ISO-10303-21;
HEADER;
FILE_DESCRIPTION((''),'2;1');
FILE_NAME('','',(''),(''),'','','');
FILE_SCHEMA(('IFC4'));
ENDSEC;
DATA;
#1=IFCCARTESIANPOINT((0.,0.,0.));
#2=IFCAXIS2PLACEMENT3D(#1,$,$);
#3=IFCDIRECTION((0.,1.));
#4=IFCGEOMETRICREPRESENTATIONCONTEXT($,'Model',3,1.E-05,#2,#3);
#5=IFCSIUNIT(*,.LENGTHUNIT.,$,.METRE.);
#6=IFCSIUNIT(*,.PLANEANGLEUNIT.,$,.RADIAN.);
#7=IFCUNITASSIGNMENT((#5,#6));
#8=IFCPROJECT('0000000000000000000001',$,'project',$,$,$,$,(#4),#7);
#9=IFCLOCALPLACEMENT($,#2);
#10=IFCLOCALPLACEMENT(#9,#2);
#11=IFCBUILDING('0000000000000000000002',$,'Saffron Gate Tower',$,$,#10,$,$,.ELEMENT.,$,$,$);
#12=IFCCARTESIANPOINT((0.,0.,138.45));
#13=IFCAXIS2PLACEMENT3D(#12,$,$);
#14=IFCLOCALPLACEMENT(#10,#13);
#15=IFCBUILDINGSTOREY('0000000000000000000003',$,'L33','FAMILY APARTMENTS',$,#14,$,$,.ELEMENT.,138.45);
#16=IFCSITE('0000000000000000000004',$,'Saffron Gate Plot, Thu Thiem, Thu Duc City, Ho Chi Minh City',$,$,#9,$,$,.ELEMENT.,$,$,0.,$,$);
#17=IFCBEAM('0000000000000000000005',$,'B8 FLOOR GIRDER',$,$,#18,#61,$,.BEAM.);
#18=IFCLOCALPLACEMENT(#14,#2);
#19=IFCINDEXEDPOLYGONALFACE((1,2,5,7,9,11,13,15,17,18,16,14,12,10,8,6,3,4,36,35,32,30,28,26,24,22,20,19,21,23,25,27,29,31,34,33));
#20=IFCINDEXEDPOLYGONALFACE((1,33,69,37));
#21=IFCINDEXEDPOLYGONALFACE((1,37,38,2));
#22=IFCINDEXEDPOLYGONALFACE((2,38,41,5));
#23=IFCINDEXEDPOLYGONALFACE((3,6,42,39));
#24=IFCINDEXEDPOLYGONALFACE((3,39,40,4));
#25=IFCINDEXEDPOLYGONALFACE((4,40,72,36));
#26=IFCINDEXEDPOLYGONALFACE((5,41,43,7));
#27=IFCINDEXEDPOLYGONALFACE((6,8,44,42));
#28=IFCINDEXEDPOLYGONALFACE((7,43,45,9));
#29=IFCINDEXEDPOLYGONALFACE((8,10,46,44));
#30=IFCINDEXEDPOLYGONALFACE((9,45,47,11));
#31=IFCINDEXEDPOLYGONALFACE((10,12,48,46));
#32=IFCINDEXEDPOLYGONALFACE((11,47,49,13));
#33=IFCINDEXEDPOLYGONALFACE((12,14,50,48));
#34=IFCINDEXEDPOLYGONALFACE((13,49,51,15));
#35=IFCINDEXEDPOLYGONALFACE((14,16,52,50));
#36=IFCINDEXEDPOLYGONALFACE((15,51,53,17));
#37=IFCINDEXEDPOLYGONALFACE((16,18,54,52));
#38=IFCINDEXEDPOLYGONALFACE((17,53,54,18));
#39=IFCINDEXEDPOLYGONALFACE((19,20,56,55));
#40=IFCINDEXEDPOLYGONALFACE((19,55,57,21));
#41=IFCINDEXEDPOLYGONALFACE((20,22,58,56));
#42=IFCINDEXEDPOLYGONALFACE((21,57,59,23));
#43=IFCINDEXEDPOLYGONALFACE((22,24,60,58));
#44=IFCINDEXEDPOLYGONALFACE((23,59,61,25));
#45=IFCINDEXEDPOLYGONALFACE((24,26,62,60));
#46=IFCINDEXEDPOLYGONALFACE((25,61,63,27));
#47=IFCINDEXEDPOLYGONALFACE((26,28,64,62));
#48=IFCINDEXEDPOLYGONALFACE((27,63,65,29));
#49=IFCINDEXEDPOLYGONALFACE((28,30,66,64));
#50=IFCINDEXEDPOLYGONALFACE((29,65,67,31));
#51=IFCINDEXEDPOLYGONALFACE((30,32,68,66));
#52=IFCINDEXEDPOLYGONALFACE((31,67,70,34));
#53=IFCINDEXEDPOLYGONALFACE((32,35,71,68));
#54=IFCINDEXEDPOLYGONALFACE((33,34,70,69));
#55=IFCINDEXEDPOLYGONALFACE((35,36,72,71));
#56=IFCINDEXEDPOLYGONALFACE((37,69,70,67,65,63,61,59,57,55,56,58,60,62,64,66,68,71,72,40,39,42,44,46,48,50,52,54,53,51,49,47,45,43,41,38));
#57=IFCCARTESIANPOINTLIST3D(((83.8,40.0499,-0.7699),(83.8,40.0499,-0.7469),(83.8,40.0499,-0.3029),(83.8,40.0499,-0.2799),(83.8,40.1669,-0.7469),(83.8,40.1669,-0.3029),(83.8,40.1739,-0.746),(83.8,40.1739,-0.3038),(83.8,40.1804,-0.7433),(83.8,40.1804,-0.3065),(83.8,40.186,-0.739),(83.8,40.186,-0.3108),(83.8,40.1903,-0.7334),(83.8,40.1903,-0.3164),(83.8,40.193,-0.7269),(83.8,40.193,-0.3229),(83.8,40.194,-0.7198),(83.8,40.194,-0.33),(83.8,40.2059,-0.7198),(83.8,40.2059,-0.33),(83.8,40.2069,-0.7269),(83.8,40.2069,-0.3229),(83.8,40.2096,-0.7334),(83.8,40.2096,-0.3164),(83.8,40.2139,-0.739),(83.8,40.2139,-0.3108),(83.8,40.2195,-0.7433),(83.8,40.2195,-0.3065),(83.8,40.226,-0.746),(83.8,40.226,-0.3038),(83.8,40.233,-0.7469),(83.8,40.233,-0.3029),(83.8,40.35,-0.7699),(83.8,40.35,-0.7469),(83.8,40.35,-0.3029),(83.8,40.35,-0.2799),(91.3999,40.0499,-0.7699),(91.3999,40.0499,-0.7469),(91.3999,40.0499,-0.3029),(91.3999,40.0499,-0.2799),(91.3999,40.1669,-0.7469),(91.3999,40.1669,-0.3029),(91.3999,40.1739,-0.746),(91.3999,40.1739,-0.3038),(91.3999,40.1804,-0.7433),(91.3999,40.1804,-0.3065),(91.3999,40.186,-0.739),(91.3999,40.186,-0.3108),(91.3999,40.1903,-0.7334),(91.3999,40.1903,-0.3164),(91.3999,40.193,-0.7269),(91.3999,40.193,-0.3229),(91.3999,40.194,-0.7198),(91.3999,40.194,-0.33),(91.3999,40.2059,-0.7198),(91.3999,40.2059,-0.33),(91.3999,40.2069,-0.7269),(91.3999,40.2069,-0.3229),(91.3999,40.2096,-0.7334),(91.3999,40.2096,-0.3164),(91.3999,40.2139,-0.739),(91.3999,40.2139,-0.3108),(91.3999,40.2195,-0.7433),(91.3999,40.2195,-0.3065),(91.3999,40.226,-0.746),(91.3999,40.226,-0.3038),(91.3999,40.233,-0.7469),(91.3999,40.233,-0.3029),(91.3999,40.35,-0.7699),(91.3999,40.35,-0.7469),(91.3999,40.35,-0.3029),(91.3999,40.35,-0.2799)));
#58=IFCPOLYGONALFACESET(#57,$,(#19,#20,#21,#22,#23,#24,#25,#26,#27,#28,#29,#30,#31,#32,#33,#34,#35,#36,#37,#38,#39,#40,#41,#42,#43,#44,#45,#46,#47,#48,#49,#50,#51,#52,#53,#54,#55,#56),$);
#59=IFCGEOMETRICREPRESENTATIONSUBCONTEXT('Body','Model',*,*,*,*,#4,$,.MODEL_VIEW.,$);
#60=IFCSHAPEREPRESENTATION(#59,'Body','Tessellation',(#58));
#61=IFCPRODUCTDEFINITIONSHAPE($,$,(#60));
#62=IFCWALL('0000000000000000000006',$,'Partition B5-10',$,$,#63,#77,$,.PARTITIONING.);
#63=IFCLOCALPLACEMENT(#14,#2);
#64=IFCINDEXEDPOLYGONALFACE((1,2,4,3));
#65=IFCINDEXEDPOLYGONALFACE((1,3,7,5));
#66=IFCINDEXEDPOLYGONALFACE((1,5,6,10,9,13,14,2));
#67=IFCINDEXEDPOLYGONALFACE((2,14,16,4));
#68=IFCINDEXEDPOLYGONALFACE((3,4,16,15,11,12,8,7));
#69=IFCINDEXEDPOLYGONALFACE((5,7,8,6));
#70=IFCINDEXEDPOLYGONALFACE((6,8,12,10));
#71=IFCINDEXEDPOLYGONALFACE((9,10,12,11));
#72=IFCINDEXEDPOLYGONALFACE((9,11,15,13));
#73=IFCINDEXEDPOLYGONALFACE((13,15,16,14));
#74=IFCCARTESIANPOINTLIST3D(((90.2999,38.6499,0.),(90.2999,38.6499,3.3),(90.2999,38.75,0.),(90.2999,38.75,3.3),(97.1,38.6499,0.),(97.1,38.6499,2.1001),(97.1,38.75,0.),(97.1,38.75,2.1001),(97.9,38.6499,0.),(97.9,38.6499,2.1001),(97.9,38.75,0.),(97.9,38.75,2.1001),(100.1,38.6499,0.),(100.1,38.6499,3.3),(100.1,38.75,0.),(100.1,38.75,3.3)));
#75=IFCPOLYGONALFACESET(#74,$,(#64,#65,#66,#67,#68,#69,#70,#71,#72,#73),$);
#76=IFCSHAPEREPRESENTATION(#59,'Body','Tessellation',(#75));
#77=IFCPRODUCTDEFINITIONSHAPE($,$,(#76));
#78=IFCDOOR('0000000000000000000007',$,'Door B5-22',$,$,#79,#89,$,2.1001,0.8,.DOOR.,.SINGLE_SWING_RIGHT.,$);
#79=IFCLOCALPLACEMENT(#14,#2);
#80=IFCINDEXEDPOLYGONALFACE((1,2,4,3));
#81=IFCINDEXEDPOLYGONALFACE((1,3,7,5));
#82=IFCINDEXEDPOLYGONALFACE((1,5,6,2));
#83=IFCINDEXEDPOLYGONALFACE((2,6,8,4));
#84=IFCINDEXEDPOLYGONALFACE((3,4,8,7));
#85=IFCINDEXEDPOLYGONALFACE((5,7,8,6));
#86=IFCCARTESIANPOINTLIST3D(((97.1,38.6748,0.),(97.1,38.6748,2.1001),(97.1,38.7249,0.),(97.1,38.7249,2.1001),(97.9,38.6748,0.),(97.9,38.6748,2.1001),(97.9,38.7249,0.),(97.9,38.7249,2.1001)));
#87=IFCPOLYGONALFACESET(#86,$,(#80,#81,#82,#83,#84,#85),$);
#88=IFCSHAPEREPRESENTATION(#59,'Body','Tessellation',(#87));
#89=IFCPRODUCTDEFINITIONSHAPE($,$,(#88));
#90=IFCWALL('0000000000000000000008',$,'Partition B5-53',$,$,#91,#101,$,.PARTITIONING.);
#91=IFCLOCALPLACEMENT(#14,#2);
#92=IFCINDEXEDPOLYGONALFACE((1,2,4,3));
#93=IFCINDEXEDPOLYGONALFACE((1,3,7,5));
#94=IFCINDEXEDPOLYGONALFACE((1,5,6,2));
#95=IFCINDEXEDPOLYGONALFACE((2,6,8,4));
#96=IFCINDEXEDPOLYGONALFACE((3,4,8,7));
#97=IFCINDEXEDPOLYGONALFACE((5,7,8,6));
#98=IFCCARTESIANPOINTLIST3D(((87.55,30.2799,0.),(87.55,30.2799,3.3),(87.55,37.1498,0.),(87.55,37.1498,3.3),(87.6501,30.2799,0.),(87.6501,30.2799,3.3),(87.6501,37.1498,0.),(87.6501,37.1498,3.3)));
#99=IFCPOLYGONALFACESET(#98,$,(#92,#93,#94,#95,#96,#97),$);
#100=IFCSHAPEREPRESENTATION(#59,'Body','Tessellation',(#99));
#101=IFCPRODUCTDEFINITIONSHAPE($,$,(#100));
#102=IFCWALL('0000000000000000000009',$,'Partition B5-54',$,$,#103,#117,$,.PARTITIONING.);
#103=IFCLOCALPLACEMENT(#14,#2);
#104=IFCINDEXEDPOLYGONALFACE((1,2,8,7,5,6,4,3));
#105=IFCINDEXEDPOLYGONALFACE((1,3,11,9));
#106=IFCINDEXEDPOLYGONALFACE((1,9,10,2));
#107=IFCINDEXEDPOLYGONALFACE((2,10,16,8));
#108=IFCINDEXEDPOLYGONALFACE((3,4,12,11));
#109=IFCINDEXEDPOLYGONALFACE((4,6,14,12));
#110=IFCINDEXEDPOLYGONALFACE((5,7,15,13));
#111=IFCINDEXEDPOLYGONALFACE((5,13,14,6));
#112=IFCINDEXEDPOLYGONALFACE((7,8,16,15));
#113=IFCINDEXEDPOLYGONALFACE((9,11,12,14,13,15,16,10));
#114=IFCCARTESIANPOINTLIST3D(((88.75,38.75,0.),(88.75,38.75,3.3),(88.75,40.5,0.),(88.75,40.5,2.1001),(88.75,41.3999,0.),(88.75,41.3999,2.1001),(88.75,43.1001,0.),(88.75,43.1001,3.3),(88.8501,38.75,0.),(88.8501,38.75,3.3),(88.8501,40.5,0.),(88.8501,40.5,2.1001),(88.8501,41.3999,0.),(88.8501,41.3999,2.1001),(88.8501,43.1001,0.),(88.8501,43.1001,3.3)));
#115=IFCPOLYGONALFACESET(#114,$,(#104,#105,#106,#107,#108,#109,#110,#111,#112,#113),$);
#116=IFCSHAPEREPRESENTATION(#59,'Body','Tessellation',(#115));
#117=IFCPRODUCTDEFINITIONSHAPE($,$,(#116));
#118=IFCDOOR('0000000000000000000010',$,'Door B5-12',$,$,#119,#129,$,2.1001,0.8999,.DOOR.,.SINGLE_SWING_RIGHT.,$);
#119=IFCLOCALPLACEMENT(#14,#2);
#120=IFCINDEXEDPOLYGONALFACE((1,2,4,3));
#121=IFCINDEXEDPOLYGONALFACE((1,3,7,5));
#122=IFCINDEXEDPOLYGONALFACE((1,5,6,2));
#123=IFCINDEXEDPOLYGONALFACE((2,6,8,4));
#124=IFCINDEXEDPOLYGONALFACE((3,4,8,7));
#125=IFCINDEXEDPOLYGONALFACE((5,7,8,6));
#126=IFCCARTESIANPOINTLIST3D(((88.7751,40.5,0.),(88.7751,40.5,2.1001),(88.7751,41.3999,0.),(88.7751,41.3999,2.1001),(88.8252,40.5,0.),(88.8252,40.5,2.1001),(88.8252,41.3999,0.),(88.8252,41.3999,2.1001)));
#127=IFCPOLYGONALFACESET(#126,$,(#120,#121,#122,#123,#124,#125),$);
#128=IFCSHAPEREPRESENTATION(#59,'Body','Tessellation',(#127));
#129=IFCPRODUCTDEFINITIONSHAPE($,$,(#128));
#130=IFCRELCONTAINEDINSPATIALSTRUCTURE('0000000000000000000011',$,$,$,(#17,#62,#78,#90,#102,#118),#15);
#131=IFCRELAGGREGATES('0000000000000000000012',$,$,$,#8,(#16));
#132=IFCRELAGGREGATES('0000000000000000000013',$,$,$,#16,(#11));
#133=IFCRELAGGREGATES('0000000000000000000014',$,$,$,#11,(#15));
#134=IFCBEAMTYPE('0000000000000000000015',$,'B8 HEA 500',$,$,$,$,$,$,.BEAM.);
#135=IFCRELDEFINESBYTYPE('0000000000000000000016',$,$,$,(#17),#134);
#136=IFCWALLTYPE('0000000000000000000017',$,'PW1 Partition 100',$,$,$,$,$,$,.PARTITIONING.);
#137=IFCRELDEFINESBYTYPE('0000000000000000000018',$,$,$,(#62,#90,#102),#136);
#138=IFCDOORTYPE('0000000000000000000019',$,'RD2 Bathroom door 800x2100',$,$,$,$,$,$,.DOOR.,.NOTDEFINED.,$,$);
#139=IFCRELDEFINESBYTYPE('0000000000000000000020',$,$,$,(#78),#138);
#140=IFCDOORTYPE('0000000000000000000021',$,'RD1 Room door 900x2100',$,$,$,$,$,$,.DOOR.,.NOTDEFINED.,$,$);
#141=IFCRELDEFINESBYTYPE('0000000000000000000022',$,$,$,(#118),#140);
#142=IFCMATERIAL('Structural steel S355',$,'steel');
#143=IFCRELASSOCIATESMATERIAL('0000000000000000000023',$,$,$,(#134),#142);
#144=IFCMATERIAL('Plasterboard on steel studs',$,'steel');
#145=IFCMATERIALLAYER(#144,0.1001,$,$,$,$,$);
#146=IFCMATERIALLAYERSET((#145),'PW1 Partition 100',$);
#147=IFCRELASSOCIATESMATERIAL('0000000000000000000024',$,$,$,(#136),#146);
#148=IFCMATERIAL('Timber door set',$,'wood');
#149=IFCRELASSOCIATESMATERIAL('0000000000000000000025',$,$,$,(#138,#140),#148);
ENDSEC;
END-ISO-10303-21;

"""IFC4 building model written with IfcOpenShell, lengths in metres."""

from ifc_helpers import new_model, si_unit, direction, frame, frame_2d, origin, origin_2d, place, context, subcontext, project, spatial, rectangle, i_section, extrude, material, layer, layer_set, material_profile, profile_set, type_object, element, fill, save


model = new_model("IFC4")

# Units and contexts
model_context = context("Model", 3, precision=1e-05, world=origin(), true_north=direction((0.0, 1.0)))
body_context = subcontext(model_context, "Body", "Model", "MODEL_VIEW")
ifc_project = project(units=[si_unit("LENGTHUNIT", "METRE"), si_unit("PLANEANGLEUNIT", "RADIAN")], contexts=[model_context])

# Site, building, storey
site_placement = place(None, origin())
site = spatial("IfcSite", under=ifc_project, at=site_placement, Name="Saffron Gate Plot, Thu Thiem, Thu Duc City, Ho Chi Minh City", CompositionType="ELEMENT", RefElevation=0.0)
building_placement = place(site_placement, origin())
building = spatial("IfcBuilding", under=site, at=building_placement, Name="Saffron Gate Tower", CompositionType="ELEMENT")
storey_placement = place(building_placement, frame((0.0, 0.0, 138.45)))
storey = spatial("IfcBuildingStorey", under=building, at=storey_placement, Name="L33", Description="FAMILY APARTMENTS", CompositionType="ELEMENT", Elevation=138.45)

# Beam
ifc_material_1 = material(Name="Structural steel S355", Category="steel")
ifc_material_profile_1 = material_profile(ifc_material_1, i_section(OverallWidth=0.3, OverallDepth=0.49, WebThickness=0.012, FlangeThickness=0.0229, FilletRadius=0.0271, at=origin_2d()))
ifc_profile_set_1 = profile_set([ifc_material_profile_1], Name="Structural steel S355")
beam_type_1 = type_object("IfcBeamType", Name="B8 HEA 500", PredefinedType="BEAM", material=ifc_profile_set_1)
beam_1_placement = place(storey_placement, frame((83.8, 40.2, -0.5249), z_axis=(1.0, 0.0, 0.0), x_axis=(0.0, 1.0, 0.0)))
element("IfcBeam", 1, at=beam_1_placement, inside=storey, type_object=beam_type_1, Name="B8 FLOOR GIRDER", PredefinedType="BEAM", context=body_context, shape_type="SweptSolid", body=[
    extrude(i_section(OverallWidth=0.3, OverallDepth=0.49, WebThickness=0.012, FlangeThickness=0.0229, FilletRadius=0.0271, at=origin_2d()), origin(), (0.0, 0.0, 1.0), 7.5999),
])

# Wall, opening, door
ifc_material_2 = material(Name="Plasterboard on steel studs", Category="steel")
ifc_layer = layer(ifc_material_2, 0.1001)
ifc_layer_set = layer_set([ifc_layer], Name="PW1 Partition 100")
wall_type = type_object("IfcWallType", Name="PW1 Partition 100", PredefinedType="PARTITIONING", material=ifc_layer_set)
wall_1_placement = place(storey_placement, frame((90.3, 38.7, 0.0), z_axis=(0.0, 0.0, 1.0), x_axis=(1.0, 0.0, 0.0)))
wall_1 = element("IfcWall", 2, at=wall_1_placement, inside=storey, type_object=wall_type, Name="Partition B5-10", PredefinedType="PARTITIONING", context=body_context, shape_type="SweptSolid", body=[
    extrude(rectangle(XDim=9.8, YDim=0.1001, at=frame_2d((4.8999, 0.0))), origin(), (0.0, 0.0, 1.0), 3.3),
])
opening_1_placement = place(wall_1_placement, frame((6.8, 0.0, 0.0)))
opening_1 = element("IfcOpeningElement", 3, at=opening_1_placement, cuts=wall_1, PredefinedType="OPENING", context=body_context, shape_type="SweptSolid", body=[
    extrude(rectangle(XDim=0.8, YDim=2.1001, at=frame_2d((0.3999, 1.05))), frame((0.0, 0.0601, 0.0), z_axis=(0.0, -1.0, 0.0), x_axis=(1.0, 0.0, 0.0)), (0.0, 0.0, 1.0), 0.1201),
])
ifc_material_3 = material(Name="Timber door set", Category="wood")
door_type_1 = type_object("IfcDoorType", Name="RD2 Bathroom door 800x2100", OperationType="NOTDEFINED", PredefinedType="DOOR", material=ifc_material_3)
door_1_placement = place(opening_1_placement, origin())
door_1 = element("IfcDoor", 4, at=door_1_placement, inside=storey, type_object=door_type_1, Name="Door B5-22", OperationType="SINGLE_SWING_RIGHT", OverallHeight=2.1001, OverallWidth=0.8, PredefinedType="DOOR", context=body_context, shape_type="SweptSolid", body=[
    extrude(rectangle(XDim=0.8, YDim=2.1001, at=frame_2d((0.3999, 1.05))), frame((0.0, 0.0249, 0.0), z_axis=(0.0, -1.0, 0.0), x_axis=(1.0, 0.0, 0.0)), (0.0, 0.0, 1.0), 0.05),
])
fill(opening_1, door_1)

# Wall
wall_2_placement = place(storey_placement, frame((87.6001, 37.1499, 0.0), z_axis=(0.0, 0.0, 1.0), x_axis=(0.0, -1.0, 0.0)))
element("IfcWall", 5, at=wall_2_placement, inside=storey, type_object=wall_type, Name="Partition B5-53", PredefinedType="PARTITIONING", context=body_context, shape_type="SweptSolid", body=[
    extrude(rectangle(XDim=6.8699, YDim=0.1001, at=frame_2d((3.4351, 0.0))), origin(), (0.0, 0.0, 1.0), 3.3),
])

# Wall, opening, door
wall_3_placement = place(storey_placement, frame((88.8, 38.75, 0.0), z_axis=(0.0, 0.0, 1.0), x_axis=(0.0, 1.0, 0.0)))
wall_3 = element("IfcWall", 6, at=wall_3_placement, inside=storey, type_object=wall_type, Name="Partition B5-54", PredefinedType="PARTITIONING", context=body_context, shape_type="SweptSolid", body=[
    extrude(rectangle(XDim=4.3501, YDim=0.1001, at=frame_2d((2.175, 0.0))), origin(), (0.0, 0.0, 1.0), 3.3),
])
opening_2_placement = place(wall_3_placement, frame((1.75, 0.0, 0.0)))
opening_2 = element("IfcOpeningElement", 7, at=opening_2_placement, cuts=wall_3, PredefinedType="OPENING", context=body_context, shape_type="SweptSolid", body=[
    extrude(rectangle(XDim=0.8999, YDim=2.1001, at=frame_2d((0.45, 1.05))), frame((0.0, 0.0601, 0.0), z_axis=(0.0, -1.0, 0.0), x_axis=(1.0, 0.0, 0.0)), (0.0, 0.0, 1.0), 0.1201),
])
door_type_2 = type_object("IfcDoorType", Name="RD1 Room door 900x2100", OperationType="NOTDEFINED", PredefinedType="DOOR", material=ifc_material_3)
door_2_placement = place(opening_2_placement, origin())
door_2 = element("IfcDoor", 8, at=door_2_placement, inside=storey, type_object=door_type_2, Name="Door B5-12", OperationType="SINGLE_SWING_RIGHT", OverallHeight=2.1001, OverallWidth=0.8999, PredefinedType="DOOR", context=body_context, shape_type="SweptSolid", body=[
    extrude(rectangle(XDim=0.8999, YDim=2.1001, at=frame_2d((0.45, 1.05))), frame((0.0, 0.0249, 0.0), z_axis=(0.0, -1.0, 0.0), x_axis=(1.0, 0.0, 0.0)), (0.0, 0.0, 1.0), 0.05),
])
fill(opening_2, door_2)

save(model, "model.ifc")
